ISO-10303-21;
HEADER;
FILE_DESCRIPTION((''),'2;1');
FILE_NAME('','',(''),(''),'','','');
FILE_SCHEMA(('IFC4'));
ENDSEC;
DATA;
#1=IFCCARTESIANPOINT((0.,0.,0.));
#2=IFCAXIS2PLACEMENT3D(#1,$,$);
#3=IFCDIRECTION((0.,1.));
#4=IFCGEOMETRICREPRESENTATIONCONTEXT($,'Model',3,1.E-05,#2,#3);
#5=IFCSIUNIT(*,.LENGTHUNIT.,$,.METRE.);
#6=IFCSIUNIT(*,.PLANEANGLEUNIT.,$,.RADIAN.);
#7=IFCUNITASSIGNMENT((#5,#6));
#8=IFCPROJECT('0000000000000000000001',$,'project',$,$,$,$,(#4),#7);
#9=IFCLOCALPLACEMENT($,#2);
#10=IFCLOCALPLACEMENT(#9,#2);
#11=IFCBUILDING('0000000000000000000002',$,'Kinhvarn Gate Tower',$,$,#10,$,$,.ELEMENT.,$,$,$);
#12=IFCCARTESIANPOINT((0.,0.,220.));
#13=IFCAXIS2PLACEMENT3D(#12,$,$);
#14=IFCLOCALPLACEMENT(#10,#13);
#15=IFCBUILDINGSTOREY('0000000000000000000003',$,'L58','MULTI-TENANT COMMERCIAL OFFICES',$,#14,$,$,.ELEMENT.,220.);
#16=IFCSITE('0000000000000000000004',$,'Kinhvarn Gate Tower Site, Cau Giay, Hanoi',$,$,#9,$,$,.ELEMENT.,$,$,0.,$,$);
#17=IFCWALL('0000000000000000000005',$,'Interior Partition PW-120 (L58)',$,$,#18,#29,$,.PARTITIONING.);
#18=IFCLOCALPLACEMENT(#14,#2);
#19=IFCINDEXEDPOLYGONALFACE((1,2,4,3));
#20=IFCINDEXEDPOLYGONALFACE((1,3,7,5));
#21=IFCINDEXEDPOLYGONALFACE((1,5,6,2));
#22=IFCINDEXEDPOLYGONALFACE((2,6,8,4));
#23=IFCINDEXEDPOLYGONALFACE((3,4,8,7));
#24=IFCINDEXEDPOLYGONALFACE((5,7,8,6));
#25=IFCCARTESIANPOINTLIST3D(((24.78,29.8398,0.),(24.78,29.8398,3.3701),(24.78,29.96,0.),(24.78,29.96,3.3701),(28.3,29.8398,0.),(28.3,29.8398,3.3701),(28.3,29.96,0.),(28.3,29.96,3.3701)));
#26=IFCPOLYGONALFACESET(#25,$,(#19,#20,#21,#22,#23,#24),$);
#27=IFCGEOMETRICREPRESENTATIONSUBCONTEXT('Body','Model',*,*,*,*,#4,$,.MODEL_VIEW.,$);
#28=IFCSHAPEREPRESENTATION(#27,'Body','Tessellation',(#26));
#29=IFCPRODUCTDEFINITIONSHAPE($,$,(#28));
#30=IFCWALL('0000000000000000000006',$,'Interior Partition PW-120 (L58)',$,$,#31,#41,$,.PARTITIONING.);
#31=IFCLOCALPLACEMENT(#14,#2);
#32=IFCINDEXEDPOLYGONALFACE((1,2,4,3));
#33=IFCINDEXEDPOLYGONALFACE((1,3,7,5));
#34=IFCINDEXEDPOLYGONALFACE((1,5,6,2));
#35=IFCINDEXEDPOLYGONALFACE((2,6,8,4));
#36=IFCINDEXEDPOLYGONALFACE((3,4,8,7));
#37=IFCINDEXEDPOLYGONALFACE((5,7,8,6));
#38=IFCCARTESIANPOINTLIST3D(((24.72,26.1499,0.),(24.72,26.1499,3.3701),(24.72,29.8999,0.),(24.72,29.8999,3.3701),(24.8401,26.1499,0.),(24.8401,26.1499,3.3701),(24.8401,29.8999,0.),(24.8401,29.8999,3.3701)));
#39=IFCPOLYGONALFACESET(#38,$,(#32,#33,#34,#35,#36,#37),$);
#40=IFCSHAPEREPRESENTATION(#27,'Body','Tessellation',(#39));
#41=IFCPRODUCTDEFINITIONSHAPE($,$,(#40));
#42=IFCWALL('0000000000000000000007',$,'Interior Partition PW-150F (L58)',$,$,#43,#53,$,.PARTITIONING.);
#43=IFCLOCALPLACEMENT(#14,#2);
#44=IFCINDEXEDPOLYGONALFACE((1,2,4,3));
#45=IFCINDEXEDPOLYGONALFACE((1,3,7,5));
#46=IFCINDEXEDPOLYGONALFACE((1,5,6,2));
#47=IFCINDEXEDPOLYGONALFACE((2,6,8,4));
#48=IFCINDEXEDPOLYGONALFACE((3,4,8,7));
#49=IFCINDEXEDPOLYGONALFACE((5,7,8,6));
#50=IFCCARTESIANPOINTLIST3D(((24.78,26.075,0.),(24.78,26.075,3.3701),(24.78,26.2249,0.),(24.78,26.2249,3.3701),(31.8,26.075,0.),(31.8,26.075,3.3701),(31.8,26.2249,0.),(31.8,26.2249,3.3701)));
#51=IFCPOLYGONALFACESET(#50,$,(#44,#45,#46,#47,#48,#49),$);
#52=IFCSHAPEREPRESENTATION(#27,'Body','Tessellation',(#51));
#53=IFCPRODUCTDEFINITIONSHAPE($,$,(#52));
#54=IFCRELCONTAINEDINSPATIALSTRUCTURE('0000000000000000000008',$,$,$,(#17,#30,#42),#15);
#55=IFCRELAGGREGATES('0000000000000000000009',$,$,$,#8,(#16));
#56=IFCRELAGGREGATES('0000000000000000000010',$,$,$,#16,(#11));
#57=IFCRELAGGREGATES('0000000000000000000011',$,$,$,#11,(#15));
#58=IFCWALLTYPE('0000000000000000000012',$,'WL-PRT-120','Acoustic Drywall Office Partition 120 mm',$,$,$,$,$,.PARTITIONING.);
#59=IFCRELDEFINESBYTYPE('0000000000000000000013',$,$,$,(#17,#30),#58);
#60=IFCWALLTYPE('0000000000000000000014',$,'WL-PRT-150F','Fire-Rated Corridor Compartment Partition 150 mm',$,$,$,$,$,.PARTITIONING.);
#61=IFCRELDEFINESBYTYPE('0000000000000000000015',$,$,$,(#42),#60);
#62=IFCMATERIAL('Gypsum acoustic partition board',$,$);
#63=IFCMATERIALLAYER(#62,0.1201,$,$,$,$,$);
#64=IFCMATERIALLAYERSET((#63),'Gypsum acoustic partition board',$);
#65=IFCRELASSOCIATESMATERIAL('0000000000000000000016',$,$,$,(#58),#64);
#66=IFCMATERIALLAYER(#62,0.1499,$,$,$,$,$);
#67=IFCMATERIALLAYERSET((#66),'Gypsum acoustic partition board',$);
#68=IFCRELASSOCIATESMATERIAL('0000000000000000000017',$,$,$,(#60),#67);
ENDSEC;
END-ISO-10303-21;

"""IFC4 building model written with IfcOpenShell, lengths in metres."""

from ifc_helpers import new_model, si_unit, direction, frame, frame_2d, origin, place, context, subcontext, project, spatial, rectangle, extrude, material, layer, layer_set, type_object, element, save


model = new_model("IFC4")

# Units and contexts
model_context = context("Model", 3, precision=1e-05, world=origin(), true_north=direction((0.0, 1.0)))
body_context = subcontext(model_context, "Body", "Model", "MODEL_VIEW")
ifc_project = project(units=[si_unit("LENGTHUNIT", "METRE"), si_unit("PLANEANGLEUNIT", "RADIAN")], contexts=[model_context])

# Site, building, storey
site_placement = place(None, origin())
site = spatial("IfcSite", under=ifc_project, at=site_placement, Name="Kinhvarn Gate Tower Site, Cau Giay, Hanoi", CompositionType="ELEMENT", RefElevation=0.0)
building_placement = place(site_placement, origin())
building = spatial("IfcBuilding", under=site, at=building_placement, Name="Kinhvarn Gate Tower", CompositionType="ELEMENT")
storey_placement = place(building_placement, frame((0.0, 0.0, 220.0)))
storey = spatial("IfcBuildingStorey", under=building, at=storey_placement, Name="L58", Description="MULTI-TENANT COMMERCIAL OFFICES", CompositionType="ELEMENT", Elevation=220.0)

# Shared definitions
ifc_material_1 = material(Name="Gypsum acoustic partition board")

# Walls
ifc_layer_1 = layer(ifc_material_1, 0.1201)
ifc_layer_set_1 = layer_set([ifc_layer_1], Name="Gypsum acoustic partition board")
wall_type_1 = type_object("IfcWallType", Name="WL-PRT-120", Description="Acoustic Drywall Office Partition 120 mm", PredefinedType="PARTITIONING", material=ifc_layer_set_1)
wall_1_placement = place(storey_placement, frame((24.78, 29.8999, 0.0), z_axis=(0.0, 0.0, 1.0), x_axis=(1.0, 0.0, 0.0)))
element("IfcWall", 1, at=wall_1_placement, inside=storey, type_object=wall_type_1, Name="Interior Partition PW-120 (L58)", PredefinedType="PARTITIONING", context=body_context, shape_type="SweptSolid", body=[
    extrude(rectangle(XDim=3.52, YDim=0.1201, at=frame_2d((1.76, 0.0))), origin(), (0.0, 0.0, 1.0), 3.3701),
])
wall_2_placement = place(storey_placement, frame((24.78, 26.1499, 0.0), z_axis=(0.0, 0.0, 1.0), x_axis=(0.0, 1.0, 0.0)))
element("IfcWall", 2, at=wall_2_placement, inside=storey, type_object=wall_type_1, Name="Interior Partition PW-120 (L58)", PredefinedType="PARTITIONING", context=body_context, shape_type="SweptSolid", body=[
    extrude(rectangle(XDim=3.75, YDim=0.1201, at=frame_2d((1.875, 0.0))), origin(), (0.0, 0.0, 1.0), 3.3701),
])
ifc_layer_2 = layer(ifc_material_1, 0.1499)
ifc_layer_set_2 = layer_set([ifc_layer_2], Name="Gypsum acoustic partition board")
wall_type_2 = type_object("IfcWallType", Name="WL-PRT-150F", Description="Fire-Rated Corridor Compartment Partition 150 mm", PredefinedType="PARTITIONING", material=ifc_layer_set_2)
wall_3_placement = place(storey_placement, frame((24.78, 26.1499, 0.0), z_axis=(0.0, 0.0, 1.0), x_axis=(1.0, 0.0, 0.0)))
element("IfcWall", 3, at=wall_3_placement, inside=storey, type_object=wall_type_2, Name="Interior Partition PW-150F (L58)", PredefinedType="PARTITIONING", context=body_context, shape_type="SweptSolid", body=[
    extrude(rectangle(XDim=7.02, YDim=0.1499, at=frame_2d((3.51, 0.0))), origin(), (0.0, 0.0, 1.0), 3.3701),
])

save(model, "model.ifc")
